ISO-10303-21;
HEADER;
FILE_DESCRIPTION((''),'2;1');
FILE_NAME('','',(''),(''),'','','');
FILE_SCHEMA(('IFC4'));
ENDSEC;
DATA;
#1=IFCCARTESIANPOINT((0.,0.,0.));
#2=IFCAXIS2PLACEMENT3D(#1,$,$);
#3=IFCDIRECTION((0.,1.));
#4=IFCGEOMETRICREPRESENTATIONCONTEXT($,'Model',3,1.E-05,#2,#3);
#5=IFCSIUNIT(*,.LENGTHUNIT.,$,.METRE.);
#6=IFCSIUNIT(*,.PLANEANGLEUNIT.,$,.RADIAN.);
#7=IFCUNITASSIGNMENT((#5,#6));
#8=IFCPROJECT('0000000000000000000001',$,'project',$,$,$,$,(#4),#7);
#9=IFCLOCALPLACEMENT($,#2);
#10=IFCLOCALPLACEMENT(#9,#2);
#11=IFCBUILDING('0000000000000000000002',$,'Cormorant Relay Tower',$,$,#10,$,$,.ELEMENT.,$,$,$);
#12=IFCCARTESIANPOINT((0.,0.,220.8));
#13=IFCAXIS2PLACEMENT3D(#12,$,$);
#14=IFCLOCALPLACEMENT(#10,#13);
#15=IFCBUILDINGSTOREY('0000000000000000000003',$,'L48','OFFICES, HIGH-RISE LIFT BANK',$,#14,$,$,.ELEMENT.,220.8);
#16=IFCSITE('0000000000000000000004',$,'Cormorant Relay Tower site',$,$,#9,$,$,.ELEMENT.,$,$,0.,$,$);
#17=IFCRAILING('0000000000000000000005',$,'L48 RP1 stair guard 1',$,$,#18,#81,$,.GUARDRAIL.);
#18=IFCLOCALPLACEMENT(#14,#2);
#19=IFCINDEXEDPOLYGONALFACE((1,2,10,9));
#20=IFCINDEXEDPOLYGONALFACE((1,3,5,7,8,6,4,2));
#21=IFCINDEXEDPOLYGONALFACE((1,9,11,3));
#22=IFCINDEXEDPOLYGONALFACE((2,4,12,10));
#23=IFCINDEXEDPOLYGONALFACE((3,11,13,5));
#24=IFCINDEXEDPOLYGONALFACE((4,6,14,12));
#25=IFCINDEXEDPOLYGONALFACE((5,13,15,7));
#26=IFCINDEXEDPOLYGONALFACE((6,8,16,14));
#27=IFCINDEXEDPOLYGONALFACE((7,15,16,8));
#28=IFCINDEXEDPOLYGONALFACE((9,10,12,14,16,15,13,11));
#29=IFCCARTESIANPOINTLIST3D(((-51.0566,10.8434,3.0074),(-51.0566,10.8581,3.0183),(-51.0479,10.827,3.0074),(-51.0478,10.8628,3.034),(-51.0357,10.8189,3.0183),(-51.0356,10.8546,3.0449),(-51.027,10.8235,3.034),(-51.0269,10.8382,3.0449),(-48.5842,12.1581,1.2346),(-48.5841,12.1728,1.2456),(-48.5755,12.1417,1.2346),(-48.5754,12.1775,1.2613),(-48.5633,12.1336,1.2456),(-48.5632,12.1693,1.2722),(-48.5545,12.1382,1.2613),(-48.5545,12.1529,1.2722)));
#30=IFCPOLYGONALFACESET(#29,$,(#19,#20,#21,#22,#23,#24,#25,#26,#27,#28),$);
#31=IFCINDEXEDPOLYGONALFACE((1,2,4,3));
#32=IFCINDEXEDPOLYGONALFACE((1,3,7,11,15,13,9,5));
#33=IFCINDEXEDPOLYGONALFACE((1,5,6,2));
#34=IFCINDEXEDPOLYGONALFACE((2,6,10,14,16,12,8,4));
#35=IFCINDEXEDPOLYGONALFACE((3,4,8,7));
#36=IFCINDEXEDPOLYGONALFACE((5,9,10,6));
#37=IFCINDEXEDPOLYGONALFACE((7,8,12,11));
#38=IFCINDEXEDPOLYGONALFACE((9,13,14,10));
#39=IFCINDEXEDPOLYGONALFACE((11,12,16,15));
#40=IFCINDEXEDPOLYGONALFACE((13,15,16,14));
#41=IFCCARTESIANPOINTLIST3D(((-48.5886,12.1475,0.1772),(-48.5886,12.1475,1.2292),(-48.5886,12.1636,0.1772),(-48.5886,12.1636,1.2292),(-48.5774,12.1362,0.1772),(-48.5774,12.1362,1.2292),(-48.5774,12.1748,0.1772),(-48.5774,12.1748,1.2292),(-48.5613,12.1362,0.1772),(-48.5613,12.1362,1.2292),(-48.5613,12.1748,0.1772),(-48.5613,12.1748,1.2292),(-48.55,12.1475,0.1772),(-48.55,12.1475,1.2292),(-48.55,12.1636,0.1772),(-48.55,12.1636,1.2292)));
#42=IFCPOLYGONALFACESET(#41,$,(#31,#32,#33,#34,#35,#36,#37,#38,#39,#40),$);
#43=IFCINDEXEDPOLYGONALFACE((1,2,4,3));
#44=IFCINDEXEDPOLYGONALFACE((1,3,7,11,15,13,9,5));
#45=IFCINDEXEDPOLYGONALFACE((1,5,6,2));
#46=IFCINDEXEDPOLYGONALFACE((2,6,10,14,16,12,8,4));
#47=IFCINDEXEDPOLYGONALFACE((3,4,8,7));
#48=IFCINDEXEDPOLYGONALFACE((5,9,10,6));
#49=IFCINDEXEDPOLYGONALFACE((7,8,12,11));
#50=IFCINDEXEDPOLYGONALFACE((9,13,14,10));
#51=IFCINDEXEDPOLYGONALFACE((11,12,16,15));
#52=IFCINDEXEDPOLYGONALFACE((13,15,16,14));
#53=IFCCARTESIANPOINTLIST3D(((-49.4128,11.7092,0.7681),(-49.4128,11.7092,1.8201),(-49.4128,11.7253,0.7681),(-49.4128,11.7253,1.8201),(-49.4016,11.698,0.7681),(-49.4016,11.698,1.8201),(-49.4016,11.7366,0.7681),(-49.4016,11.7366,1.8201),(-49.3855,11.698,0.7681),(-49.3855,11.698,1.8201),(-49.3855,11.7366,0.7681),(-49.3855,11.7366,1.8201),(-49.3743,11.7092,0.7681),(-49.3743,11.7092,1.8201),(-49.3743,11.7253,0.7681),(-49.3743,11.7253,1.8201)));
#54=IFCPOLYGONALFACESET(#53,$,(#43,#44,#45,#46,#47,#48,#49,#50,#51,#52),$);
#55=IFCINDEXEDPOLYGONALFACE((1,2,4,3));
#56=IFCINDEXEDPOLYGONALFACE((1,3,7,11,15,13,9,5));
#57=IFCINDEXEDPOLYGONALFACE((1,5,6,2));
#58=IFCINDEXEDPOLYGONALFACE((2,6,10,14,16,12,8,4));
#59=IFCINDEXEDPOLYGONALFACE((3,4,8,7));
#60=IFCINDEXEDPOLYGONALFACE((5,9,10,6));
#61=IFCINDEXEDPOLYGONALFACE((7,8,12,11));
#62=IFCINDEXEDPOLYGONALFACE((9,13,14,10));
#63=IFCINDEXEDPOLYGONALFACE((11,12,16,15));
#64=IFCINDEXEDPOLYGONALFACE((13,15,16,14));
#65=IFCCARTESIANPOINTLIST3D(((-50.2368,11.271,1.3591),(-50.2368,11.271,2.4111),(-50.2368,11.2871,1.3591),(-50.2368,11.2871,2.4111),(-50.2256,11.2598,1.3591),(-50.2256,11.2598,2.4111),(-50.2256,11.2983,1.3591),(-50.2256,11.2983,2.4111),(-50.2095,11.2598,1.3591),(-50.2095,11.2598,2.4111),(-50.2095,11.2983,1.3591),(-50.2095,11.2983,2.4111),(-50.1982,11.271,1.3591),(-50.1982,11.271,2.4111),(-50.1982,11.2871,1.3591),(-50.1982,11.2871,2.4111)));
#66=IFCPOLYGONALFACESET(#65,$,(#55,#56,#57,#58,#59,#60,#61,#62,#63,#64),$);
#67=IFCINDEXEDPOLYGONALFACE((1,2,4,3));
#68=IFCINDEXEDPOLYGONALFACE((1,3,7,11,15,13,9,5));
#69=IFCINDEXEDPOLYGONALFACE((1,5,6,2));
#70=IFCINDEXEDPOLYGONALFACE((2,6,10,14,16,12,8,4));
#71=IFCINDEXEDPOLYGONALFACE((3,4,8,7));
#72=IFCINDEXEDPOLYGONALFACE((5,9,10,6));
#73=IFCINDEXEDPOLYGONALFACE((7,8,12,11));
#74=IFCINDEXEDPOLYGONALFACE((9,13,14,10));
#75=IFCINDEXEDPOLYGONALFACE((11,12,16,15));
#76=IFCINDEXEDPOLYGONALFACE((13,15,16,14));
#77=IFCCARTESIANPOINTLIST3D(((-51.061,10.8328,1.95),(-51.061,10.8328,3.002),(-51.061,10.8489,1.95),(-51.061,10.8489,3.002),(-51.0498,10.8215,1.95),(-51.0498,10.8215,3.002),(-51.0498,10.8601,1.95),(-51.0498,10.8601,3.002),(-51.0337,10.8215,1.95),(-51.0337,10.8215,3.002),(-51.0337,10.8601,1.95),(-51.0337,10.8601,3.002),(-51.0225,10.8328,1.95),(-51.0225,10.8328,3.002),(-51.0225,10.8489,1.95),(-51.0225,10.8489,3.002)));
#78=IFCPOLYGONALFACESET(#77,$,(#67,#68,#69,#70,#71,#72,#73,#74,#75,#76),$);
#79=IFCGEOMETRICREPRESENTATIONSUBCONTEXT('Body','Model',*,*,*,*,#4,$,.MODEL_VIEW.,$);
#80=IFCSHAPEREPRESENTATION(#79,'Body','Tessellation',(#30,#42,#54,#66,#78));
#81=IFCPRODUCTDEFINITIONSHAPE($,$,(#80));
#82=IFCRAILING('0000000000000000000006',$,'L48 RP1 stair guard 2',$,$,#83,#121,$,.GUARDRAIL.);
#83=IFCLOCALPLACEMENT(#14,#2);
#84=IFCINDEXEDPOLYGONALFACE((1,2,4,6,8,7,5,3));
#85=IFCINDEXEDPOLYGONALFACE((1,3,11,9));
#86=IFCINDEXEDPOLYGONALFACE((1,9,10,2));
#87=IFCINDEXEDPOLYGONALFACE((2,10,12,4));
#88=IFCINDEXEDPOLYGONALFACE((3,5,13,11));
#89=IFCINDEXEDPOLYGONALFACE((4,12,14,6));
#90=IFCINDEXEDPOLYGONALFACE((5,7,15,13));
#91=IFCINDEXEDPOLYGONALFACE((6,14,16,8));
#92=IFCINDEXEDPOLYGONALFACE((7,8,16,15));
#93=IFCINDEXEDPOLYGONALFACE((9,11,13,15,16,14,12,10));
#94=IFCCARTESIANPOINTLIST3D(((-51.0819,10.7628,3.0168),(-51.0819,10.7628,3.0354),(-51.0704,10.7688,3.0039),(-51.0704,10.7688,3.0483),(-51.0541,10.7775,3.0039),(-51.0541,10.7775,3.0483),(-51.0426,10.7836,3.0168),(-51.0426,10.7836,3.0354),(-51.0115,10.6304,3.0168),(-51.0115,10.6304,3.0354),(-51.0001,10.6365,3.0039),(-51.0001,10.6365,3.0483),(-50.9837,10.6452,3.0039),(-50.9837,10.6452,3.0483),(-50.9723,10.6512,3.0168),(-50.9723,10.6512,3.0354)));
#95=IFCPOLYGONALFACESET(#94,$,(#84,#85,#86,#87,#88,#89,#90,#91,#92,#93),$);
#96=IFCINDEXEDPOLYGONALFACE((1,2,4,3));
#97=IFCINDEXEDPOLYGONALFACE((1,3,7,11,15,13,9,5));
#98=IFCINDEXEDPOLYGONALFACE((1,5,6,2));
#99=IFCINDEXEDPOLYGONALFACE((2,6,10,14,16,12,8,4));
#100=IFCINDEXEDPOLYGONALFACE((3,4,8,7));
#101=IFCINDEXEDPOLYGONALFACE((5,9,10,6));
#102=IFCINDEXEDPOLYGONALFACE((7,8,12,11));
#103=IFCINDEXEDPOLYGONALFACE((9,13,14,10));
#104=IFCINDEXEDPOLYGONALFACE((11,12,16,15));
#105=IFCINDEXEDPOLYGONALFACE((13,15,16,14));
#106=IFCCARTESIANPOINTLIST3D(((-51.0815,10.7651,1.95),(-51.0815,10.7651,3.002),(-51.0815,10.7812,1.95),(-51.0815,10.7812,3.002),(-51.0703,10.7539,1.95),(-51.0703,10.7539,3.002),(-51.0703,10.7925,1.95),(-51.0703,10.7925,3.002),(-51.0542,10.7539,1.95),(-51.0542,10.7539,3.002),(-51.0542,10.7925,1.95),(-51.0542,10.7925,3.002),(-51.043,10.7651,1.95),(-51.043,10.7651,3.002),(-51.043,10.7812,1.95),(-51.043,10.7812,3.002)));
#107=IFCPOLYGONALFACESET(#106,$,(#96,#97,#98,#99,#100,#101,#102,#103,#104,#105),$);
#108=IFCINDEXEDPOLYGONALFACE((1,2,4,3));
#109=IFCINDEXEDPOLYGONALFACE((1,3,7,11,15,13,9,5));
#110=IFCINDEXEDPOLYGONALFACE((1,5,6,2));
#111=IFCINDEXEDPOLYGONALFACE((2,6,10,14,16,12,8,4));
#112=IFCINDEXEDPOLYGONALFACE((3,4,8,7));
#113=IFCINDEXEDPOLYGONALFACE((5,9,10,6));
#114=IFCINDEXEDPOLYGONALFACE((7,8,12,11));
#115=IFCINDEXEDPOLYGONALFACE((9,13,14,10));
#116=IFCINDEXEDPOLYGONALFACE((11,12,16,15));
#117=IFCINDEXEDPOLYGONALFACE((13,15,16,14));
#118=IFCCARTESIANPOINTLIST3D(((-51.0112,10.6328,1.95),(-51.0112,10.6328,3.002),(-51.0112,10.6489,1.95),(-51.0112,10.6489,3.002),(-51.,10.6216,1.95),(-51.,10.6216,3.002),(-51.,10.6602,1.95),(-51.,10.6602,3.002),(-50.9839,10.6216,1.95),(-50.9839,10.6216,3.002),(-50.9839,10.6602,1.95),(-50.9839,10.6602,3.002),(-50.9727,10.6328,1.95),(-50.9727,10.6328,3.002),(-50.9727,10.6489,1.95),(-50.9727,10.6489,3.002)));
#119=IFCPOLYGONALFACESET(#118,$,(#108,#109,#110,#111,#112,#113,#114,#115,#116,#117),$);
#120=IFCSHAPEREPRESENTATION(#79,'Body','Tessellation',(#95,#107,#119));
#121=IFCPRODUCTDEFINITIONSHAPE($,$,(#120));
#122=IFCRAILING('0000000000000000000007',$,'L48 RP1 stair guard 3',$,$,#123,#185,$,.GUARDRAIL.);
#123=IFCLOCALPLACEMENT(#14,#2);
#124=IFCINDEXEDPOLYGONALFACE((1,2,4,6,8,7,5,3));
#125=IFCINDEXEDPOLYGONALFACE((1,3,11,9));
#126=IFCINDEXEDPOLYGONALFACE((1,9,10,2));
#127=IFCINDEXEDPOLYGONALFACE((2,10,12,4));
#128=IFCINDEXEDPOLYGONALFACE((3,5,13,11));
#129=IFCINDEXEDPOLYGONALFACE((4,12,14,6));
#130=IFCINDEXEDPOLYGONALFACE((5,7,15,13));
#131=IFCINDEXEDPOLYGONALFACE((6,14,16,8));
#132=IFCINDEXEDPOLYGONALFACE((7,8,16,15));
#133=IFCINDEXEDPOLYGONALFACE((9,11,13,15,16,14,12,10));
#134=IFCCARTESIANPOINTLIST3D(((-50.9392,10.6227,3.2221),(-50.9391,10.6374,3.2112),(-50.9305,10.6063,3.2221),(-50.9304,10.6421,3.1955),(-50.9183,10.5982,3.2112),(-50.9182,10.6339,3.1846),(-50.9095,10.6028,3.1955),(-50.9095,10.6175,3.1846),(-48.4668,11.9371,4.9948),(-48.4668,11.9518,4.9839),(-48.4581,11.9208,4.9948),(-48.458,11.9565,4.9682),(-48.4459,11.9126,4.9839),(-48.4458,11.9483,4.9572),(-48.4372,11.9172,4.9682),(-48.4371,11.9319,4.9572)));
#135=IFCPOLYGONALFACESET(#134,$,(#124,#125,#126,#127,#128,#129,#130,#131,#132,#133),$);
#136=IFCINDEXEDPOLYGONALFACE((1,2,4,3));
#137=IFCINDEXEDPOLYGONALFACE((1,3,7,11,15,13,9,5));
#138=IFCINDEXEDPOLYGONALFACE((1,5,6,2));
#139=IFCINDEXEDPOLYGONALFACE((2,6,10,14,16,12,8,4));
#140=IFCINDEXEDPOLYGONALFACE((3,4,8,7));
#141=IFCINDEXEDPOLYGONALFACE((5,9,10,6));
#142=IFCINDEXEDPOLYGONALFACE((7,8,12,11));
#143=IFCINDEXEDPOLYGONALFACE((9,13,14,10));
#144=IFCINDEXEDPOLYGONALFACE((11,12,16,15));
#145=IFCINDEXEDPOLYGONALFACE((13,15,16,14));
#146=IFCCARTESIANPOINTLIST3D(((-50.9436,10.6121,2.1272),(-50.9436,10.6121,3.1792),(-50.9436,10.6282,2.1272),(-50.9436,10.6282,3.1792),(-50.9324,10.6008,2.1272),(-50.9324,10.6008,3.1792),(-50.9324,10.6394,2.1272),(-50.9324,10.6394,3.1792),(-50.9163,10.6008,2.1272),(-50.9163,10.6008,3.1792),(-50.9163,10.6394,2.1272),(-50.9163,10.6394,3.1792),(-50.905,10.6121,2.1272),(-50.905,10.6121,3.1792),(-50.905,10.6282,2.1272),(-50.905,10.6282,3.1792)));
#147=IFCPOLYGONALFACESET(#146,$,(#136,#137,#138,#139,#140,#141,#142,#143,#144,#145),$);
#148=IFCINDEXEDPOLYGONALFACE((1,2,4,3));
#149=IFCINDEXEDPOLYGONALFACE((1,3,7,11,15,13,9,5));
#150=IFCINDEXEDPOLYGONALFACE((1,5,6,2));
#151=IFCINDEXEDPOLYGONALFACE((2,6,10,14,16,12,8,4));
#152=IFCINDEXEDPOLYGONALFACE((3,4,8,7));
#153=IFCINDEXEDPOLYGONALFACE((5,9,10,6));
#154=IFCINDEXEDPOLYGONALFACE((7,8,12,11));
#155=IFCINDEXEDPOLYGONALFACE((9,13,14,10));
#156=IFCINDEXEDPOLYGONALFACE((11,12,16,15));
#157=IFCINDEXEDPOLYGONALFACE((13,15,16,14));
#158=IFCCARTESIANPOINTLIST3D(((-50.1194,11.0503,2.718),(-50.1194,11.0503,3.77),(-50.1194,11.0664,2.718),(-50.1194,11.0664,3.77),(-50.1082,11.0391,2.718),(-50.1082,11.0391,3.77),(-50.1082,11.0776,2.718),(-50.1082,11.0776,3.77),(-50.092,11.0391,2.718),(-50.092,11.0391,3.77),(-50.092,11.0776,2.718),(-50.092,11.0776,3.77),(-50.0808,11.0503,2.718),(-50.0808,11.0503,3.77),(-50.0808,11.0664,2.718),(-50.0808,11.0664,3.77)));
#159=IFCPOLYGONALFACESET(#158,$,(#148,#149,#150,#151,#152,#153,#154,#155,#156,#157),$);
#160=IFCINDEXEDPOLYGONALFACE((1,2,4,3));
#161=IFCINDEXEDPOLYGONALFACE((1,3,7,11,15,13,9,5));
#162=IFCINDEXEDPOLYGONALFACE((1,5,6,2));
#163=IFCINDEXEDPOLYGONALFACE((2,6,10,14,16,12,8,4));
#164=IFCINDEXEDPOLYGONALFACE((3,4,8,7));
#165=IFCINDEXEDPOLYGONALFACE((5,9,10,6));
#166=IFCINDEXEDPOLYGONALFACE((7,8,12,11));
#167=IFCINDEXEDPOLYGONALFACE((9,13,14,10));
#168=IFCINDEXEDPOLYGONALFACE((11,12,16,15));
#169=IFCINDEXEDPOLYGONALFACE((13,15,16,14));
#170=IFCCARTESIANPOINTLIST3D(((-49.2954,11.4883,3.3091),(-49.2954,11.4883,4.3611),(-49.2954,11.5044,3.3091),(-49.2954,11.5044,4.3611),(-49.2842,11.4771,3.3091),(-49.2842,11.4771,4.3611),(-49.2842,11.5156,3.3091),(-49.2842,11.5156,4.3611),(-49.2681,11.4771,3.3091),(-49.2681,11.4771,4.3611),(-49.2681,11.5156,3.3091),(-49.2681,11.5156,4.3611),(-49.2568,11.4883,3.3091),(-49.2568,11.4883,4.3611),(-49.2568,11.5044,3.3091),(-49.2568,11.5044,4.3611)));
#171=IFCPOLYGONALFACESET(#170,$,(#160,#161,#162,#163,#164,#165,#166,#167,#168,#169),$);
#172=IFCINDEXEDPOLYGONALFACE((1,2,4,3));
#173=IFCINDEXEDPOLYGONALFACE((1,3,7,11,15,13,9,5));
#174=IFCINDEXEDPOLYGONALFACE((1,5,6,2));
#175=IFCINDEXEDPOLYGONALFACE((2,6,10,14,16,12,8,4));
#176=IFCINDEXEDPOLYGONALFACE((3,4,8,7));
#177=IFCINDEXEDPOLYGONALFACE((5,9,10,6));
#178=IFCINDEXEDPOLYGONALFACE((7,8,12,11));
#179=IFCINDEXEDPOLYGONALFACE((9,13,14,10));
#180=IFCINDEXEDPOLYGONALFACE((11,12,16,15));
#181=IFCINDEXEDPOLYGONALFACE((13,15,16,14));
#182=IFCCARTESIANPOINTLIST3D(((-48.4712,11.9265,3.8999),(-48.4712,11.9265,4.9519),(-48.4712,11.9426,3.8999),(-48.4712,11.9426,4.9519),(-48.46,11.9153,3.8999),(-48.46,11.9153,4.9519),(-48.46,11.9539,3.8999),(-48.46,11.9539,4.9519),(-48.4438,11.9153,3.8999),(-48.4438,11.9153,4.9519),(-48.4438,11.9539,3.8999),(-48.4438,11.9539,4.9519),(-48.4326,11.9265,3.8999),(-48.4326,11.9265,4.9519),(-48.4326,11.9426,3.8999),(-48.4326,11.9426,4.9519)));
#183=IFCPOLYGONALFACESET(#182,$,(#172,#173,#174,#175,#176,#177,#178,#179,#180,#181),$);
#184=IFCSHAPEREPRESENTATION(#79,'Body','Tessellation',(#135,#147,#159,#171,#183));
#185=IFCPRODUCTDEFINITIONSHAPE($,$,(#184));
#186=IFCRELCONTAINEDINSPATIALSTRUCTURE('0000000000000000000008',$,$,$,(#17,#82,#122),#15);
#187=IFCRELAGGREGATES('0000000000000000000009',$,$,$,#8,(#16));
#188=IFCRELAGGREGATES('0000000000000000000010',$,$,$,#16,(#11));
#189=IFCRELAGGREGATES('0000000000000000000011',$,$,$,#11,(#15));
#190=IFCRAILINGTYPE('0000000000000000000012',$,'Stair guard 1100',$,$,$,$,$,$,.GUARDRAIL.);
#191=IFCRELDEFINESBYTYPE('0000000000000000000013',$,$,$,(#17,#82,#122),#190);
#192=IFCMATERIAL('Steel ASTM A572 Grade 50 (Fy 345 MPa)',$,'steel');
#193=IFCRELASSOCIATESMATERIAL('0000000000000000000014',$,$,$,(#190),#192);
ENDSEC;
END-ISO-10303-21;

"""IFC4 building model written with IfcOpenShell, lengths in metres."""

from ifc_helpers import new_model, si_unit, direction, frame, origin, place, context, subcontext, project, spatial, polyline, outline, extrude, material, type_object, element, save


model = new_model("IFC4")

# Units and contexts
model_context = context("Model", 3, precision=1e-05, world=origin(), true_north=direction((0.0, 1.0)))
body_context = subcontext(model_context, "Body", "Model", "MODEL_VIEW")
ifc_project = project(units=[si_unit("LENGTHUNIT", "METRE"), si_unit("PLANEANGLEUNIT", "RADIAN")], contexts=[model_context])

# Site, building, storey
site_placement = place(None, origin())
site = spatial("IfcSite", under=ifc_project, at=site_placement, Name="Cormorant Relay Tower site", CompositionType="ELEMENT", RefElevation=0.0)
building_placement = place(site_placement, origin())
building = spatial("IfcBuilding", under=site, at=building_placement, Name="Cormorant Relay Tower", CompositionType="ELEMENT")
storey_placement = place(building_placement, frame((0.0, 0.0, 220.8)))
storey = spatial("IfcBuildingStorey", under=building, at=storey_placement, Name="L48", Description="OFFICES, HIGH-RISE LIFT BANK", CompositionType="ELEMENT", Elevation=220.8)

# Railings
ifc_material_1 = material(Name="Steel ASTM A572 Grade 50 (Fy 345 MPa)", Category="steel")
railing_type_1 = type_object("IfcRailingType", Name="Stair guard 1100", PredefinedType="GUARDRAIL", material=ifc_material_1)
railing_1_placement = place(storey_placement, frame((-48.5693, 12.1555, 0.1772)))
element("IfcRailing", 1, at=railing_1_placement, inside=storey, type_object=railing_type_1, Name="L48 RP1 stair guard 1", PredefinedType="GUARDRAIL", context=body_context, shape_type="SweptSolid", body=[
    extrude(outline(polyline([(0.0222, 0.0093), (0.0093, 0.0222), (-0.0093, 0.0222), (-0.0222, 0.0093), (-0.0222, -0.0093), (-0.0093, -0.0222), (0.0093, -0.0222), (0.0222, -0.0093), (0.0222, 0.0093)])), frame((0.0, 0.0, 1.0762), z_axis=(-0.746012, -0.39669, 0.534886), x_axis=(0.469497, -0.882934, 0.0)), (0.0, 0.0, 1.0), 3.3142),
    extrude(outline(polyline([(0.0193, 0.0081), (0.0081, 0.0193), (-0.0081, 0.0193), (-0.0193, 0.0081), (-0.0193, -0.0081), (-0.0081, -0.0193), (0.0081, -0.0193), (0.0193, -0.0081), (0.0193, 0.0081)])), origin(), (0.0, 0.0, 1.0), 1.052),
    extrude(outline(polyline([(0.0193, 0.0081), (0.0081, 0.0193), (-0.0081, 0.0193), (-0.0193, 0.0081), (-0.0193, -0.0081), (-0.0081, -0.0193), (0.0081, -0.0193), (0.0193, -0.0081), (0.0193, 0.0081)])), frame((-0.8242, -0.4382, 0.5908)), (0.0, 0.0, 1.0), 1.052),
    extrude(outline(polyline([(0.0193, 0.0081), (0.0081, 0.0193), (-0.0081, 0.0193), (-0.0193, 0.0081), (-0.0193, -0.0081), (-0.0081, -0.0193), (0.0081, -0.0193), (0.0193, -0.0081), (0.0193, 0.0081)])), frame((-1.6482, -0.8765, 1.1819)), (0.0, 0.0, 1.0), 1.052),
    extrude(outline(polyline([(0.0193, 0.0081), (0.0081, 0.0193), (-0.0081, 0.0193), (-0.0193, 0.0081), (-0.0193, -0.0081), (-0.0081, -0.0193), (0.0081, -0.0193), (0.0193, -0.0081), (0.0193, 0.0081)])), frame((-2.4724, -1.3147, 1.7727)), (0.0, 0.0, 1.0), 1.052),
])
railing_2_placement = place(storey_placement, frame((-51.0623, 10.7732, 1.95)))
element("IfcRailing", 2, at=railing_2_placement, inside=storey, type_object=railing_type_1, Name="L48 RP1 stair guard 2", PredefinedType="GUARDRAIL", context=body_context, shape_type="SweptSolid", body=[
    extrude(outline(polyline([(0.0222, 0.0093), (0.0093, 0.0222), (-0.0093, 0.0222), (-0.0222, 0.0093), (-0.0222, -0.0093), (-0.0093, -0.0222), (0.0093, -0.0222), (0.0222, -0.0093), (0.0222, 0.0093)])), frame((0.0, 0.0, 1.0762), z_axis=(0.469235, -0.883074, 0.0), x_axis=(0.883074, 0.469235, 0.0)), (0.0, 0.0, 1.0), 0.1499),
    extrude(outline(polyline([(0.0193, 0.0081), (0.0081, 0.0193), (-0.0081, 0.0193), (-0.0193, 0.0081), (-0.0193, -0.0081), (-0.0081, -0.0193), (0.0081, -0.0193), (0.0193, -0.0081), (0.0193, 0.0081)])), origin(), (0.0, 0.0, 1.0), 1.052),
    extrude(outline(polyline([(0.0193, 0.0081), (0.0081, 0.0193), (-0.0081, 0.0193), (-0.0193, 0.0081), (-0.0193, -0.0081), (-0.0081, -0.0193), (0.0081, -0.0193), (0.0193, -0.0081), (0.0193, 0.0081)])), frame((0.0703, -0.1323, 0.0)), (0.0, 0.0, 1.0), 1.052),
])
railing_3_placement = place(storey_placement, frame((-50.9243, 10.6201, 2.1272)))
element("IfcRailing", 3, at=railing_3_placement, inside=storey, type_object=railing_type_1, Name="L48 RP1 stair guard 3", PredefinedType="GUARDRAIL", context=body_context, shape_type="SweptSolid", body=[
    extrude(outline(polyline([(0.0222, 0.0093), (0.0093, 0.0222), (-0.0093, 0.0222), (-0.0222, 0.0093), (-0.0222, -0.0093), (-0.0093, -0.0222), (0.0093, -0.0222), (0.0222, -0.0093), (0.0222, 0.0093)])), frame((0.0, 0.0, 1.0762), z_axis=(0.746034, 0.396627, 0.534902), x_axis=(-0.469429, 0.88297, 0.0)), (0.0, 0.0, 1.0), 3.314),
    extrude(outline(polyline([(0.0193, 0.0081), (0.0081, 0.0193), (-0.0081, 0.0193), (-0.0193, 0.0081), (-0.0193, -0.0081), (-0.0081, -0.0193), (0.0081, -0.0193), (0.0193, -0.0081), (0.0193, 0.0081)])), origin(), (0.0, 0.0, 1.0), 1.052),
    extrude(outline(polyline([(0.0193, 0.0081), (0.0081, 0.0193), (-0.0081, 0.0193), (-0.0193, 0.0081), (-0.0193, -0.0081), (-0.0081, -0.0193), (0.0081, -0.0193), (0.0193, -0.0081), (0.0193, 0.0081)])), frame((0.8242, 0.4382, 0.5908)), (0.0, 0.0, 1.0), 1.052),
    extrude(outline(polyline([(0.0193, 0.0081), (0.0081, 0.0193), (-0.0081, 0.0193), (-0.0193, 0.0081), (-0.0193, -0.0081), (-0.0081, -0.0193), (0.0081, -0.0193), (0.0193, -0.0081), (0.0193, 0.0081)])), frame((1.6482, 0.8762, 1.1819)), (0.0, 0.0, 1.0), 1.052),
    extrude(outline(polyline([(0.0193, 0.0081), (0.0081, 0.0193), (-0.0081, 0.0193), (-0.0193, 0.0081), (-0.0193, -0.0081), (-0.0081, -0.0193), (0.0081, -0.0193), (0.0193, -0.0081), (0.0193, 0.0081)])), frame((2.4724, 1.3145, 1.7727)), (0.0, 0.0, 1.0), 1.052),
])

save(model, "model.ifc")
